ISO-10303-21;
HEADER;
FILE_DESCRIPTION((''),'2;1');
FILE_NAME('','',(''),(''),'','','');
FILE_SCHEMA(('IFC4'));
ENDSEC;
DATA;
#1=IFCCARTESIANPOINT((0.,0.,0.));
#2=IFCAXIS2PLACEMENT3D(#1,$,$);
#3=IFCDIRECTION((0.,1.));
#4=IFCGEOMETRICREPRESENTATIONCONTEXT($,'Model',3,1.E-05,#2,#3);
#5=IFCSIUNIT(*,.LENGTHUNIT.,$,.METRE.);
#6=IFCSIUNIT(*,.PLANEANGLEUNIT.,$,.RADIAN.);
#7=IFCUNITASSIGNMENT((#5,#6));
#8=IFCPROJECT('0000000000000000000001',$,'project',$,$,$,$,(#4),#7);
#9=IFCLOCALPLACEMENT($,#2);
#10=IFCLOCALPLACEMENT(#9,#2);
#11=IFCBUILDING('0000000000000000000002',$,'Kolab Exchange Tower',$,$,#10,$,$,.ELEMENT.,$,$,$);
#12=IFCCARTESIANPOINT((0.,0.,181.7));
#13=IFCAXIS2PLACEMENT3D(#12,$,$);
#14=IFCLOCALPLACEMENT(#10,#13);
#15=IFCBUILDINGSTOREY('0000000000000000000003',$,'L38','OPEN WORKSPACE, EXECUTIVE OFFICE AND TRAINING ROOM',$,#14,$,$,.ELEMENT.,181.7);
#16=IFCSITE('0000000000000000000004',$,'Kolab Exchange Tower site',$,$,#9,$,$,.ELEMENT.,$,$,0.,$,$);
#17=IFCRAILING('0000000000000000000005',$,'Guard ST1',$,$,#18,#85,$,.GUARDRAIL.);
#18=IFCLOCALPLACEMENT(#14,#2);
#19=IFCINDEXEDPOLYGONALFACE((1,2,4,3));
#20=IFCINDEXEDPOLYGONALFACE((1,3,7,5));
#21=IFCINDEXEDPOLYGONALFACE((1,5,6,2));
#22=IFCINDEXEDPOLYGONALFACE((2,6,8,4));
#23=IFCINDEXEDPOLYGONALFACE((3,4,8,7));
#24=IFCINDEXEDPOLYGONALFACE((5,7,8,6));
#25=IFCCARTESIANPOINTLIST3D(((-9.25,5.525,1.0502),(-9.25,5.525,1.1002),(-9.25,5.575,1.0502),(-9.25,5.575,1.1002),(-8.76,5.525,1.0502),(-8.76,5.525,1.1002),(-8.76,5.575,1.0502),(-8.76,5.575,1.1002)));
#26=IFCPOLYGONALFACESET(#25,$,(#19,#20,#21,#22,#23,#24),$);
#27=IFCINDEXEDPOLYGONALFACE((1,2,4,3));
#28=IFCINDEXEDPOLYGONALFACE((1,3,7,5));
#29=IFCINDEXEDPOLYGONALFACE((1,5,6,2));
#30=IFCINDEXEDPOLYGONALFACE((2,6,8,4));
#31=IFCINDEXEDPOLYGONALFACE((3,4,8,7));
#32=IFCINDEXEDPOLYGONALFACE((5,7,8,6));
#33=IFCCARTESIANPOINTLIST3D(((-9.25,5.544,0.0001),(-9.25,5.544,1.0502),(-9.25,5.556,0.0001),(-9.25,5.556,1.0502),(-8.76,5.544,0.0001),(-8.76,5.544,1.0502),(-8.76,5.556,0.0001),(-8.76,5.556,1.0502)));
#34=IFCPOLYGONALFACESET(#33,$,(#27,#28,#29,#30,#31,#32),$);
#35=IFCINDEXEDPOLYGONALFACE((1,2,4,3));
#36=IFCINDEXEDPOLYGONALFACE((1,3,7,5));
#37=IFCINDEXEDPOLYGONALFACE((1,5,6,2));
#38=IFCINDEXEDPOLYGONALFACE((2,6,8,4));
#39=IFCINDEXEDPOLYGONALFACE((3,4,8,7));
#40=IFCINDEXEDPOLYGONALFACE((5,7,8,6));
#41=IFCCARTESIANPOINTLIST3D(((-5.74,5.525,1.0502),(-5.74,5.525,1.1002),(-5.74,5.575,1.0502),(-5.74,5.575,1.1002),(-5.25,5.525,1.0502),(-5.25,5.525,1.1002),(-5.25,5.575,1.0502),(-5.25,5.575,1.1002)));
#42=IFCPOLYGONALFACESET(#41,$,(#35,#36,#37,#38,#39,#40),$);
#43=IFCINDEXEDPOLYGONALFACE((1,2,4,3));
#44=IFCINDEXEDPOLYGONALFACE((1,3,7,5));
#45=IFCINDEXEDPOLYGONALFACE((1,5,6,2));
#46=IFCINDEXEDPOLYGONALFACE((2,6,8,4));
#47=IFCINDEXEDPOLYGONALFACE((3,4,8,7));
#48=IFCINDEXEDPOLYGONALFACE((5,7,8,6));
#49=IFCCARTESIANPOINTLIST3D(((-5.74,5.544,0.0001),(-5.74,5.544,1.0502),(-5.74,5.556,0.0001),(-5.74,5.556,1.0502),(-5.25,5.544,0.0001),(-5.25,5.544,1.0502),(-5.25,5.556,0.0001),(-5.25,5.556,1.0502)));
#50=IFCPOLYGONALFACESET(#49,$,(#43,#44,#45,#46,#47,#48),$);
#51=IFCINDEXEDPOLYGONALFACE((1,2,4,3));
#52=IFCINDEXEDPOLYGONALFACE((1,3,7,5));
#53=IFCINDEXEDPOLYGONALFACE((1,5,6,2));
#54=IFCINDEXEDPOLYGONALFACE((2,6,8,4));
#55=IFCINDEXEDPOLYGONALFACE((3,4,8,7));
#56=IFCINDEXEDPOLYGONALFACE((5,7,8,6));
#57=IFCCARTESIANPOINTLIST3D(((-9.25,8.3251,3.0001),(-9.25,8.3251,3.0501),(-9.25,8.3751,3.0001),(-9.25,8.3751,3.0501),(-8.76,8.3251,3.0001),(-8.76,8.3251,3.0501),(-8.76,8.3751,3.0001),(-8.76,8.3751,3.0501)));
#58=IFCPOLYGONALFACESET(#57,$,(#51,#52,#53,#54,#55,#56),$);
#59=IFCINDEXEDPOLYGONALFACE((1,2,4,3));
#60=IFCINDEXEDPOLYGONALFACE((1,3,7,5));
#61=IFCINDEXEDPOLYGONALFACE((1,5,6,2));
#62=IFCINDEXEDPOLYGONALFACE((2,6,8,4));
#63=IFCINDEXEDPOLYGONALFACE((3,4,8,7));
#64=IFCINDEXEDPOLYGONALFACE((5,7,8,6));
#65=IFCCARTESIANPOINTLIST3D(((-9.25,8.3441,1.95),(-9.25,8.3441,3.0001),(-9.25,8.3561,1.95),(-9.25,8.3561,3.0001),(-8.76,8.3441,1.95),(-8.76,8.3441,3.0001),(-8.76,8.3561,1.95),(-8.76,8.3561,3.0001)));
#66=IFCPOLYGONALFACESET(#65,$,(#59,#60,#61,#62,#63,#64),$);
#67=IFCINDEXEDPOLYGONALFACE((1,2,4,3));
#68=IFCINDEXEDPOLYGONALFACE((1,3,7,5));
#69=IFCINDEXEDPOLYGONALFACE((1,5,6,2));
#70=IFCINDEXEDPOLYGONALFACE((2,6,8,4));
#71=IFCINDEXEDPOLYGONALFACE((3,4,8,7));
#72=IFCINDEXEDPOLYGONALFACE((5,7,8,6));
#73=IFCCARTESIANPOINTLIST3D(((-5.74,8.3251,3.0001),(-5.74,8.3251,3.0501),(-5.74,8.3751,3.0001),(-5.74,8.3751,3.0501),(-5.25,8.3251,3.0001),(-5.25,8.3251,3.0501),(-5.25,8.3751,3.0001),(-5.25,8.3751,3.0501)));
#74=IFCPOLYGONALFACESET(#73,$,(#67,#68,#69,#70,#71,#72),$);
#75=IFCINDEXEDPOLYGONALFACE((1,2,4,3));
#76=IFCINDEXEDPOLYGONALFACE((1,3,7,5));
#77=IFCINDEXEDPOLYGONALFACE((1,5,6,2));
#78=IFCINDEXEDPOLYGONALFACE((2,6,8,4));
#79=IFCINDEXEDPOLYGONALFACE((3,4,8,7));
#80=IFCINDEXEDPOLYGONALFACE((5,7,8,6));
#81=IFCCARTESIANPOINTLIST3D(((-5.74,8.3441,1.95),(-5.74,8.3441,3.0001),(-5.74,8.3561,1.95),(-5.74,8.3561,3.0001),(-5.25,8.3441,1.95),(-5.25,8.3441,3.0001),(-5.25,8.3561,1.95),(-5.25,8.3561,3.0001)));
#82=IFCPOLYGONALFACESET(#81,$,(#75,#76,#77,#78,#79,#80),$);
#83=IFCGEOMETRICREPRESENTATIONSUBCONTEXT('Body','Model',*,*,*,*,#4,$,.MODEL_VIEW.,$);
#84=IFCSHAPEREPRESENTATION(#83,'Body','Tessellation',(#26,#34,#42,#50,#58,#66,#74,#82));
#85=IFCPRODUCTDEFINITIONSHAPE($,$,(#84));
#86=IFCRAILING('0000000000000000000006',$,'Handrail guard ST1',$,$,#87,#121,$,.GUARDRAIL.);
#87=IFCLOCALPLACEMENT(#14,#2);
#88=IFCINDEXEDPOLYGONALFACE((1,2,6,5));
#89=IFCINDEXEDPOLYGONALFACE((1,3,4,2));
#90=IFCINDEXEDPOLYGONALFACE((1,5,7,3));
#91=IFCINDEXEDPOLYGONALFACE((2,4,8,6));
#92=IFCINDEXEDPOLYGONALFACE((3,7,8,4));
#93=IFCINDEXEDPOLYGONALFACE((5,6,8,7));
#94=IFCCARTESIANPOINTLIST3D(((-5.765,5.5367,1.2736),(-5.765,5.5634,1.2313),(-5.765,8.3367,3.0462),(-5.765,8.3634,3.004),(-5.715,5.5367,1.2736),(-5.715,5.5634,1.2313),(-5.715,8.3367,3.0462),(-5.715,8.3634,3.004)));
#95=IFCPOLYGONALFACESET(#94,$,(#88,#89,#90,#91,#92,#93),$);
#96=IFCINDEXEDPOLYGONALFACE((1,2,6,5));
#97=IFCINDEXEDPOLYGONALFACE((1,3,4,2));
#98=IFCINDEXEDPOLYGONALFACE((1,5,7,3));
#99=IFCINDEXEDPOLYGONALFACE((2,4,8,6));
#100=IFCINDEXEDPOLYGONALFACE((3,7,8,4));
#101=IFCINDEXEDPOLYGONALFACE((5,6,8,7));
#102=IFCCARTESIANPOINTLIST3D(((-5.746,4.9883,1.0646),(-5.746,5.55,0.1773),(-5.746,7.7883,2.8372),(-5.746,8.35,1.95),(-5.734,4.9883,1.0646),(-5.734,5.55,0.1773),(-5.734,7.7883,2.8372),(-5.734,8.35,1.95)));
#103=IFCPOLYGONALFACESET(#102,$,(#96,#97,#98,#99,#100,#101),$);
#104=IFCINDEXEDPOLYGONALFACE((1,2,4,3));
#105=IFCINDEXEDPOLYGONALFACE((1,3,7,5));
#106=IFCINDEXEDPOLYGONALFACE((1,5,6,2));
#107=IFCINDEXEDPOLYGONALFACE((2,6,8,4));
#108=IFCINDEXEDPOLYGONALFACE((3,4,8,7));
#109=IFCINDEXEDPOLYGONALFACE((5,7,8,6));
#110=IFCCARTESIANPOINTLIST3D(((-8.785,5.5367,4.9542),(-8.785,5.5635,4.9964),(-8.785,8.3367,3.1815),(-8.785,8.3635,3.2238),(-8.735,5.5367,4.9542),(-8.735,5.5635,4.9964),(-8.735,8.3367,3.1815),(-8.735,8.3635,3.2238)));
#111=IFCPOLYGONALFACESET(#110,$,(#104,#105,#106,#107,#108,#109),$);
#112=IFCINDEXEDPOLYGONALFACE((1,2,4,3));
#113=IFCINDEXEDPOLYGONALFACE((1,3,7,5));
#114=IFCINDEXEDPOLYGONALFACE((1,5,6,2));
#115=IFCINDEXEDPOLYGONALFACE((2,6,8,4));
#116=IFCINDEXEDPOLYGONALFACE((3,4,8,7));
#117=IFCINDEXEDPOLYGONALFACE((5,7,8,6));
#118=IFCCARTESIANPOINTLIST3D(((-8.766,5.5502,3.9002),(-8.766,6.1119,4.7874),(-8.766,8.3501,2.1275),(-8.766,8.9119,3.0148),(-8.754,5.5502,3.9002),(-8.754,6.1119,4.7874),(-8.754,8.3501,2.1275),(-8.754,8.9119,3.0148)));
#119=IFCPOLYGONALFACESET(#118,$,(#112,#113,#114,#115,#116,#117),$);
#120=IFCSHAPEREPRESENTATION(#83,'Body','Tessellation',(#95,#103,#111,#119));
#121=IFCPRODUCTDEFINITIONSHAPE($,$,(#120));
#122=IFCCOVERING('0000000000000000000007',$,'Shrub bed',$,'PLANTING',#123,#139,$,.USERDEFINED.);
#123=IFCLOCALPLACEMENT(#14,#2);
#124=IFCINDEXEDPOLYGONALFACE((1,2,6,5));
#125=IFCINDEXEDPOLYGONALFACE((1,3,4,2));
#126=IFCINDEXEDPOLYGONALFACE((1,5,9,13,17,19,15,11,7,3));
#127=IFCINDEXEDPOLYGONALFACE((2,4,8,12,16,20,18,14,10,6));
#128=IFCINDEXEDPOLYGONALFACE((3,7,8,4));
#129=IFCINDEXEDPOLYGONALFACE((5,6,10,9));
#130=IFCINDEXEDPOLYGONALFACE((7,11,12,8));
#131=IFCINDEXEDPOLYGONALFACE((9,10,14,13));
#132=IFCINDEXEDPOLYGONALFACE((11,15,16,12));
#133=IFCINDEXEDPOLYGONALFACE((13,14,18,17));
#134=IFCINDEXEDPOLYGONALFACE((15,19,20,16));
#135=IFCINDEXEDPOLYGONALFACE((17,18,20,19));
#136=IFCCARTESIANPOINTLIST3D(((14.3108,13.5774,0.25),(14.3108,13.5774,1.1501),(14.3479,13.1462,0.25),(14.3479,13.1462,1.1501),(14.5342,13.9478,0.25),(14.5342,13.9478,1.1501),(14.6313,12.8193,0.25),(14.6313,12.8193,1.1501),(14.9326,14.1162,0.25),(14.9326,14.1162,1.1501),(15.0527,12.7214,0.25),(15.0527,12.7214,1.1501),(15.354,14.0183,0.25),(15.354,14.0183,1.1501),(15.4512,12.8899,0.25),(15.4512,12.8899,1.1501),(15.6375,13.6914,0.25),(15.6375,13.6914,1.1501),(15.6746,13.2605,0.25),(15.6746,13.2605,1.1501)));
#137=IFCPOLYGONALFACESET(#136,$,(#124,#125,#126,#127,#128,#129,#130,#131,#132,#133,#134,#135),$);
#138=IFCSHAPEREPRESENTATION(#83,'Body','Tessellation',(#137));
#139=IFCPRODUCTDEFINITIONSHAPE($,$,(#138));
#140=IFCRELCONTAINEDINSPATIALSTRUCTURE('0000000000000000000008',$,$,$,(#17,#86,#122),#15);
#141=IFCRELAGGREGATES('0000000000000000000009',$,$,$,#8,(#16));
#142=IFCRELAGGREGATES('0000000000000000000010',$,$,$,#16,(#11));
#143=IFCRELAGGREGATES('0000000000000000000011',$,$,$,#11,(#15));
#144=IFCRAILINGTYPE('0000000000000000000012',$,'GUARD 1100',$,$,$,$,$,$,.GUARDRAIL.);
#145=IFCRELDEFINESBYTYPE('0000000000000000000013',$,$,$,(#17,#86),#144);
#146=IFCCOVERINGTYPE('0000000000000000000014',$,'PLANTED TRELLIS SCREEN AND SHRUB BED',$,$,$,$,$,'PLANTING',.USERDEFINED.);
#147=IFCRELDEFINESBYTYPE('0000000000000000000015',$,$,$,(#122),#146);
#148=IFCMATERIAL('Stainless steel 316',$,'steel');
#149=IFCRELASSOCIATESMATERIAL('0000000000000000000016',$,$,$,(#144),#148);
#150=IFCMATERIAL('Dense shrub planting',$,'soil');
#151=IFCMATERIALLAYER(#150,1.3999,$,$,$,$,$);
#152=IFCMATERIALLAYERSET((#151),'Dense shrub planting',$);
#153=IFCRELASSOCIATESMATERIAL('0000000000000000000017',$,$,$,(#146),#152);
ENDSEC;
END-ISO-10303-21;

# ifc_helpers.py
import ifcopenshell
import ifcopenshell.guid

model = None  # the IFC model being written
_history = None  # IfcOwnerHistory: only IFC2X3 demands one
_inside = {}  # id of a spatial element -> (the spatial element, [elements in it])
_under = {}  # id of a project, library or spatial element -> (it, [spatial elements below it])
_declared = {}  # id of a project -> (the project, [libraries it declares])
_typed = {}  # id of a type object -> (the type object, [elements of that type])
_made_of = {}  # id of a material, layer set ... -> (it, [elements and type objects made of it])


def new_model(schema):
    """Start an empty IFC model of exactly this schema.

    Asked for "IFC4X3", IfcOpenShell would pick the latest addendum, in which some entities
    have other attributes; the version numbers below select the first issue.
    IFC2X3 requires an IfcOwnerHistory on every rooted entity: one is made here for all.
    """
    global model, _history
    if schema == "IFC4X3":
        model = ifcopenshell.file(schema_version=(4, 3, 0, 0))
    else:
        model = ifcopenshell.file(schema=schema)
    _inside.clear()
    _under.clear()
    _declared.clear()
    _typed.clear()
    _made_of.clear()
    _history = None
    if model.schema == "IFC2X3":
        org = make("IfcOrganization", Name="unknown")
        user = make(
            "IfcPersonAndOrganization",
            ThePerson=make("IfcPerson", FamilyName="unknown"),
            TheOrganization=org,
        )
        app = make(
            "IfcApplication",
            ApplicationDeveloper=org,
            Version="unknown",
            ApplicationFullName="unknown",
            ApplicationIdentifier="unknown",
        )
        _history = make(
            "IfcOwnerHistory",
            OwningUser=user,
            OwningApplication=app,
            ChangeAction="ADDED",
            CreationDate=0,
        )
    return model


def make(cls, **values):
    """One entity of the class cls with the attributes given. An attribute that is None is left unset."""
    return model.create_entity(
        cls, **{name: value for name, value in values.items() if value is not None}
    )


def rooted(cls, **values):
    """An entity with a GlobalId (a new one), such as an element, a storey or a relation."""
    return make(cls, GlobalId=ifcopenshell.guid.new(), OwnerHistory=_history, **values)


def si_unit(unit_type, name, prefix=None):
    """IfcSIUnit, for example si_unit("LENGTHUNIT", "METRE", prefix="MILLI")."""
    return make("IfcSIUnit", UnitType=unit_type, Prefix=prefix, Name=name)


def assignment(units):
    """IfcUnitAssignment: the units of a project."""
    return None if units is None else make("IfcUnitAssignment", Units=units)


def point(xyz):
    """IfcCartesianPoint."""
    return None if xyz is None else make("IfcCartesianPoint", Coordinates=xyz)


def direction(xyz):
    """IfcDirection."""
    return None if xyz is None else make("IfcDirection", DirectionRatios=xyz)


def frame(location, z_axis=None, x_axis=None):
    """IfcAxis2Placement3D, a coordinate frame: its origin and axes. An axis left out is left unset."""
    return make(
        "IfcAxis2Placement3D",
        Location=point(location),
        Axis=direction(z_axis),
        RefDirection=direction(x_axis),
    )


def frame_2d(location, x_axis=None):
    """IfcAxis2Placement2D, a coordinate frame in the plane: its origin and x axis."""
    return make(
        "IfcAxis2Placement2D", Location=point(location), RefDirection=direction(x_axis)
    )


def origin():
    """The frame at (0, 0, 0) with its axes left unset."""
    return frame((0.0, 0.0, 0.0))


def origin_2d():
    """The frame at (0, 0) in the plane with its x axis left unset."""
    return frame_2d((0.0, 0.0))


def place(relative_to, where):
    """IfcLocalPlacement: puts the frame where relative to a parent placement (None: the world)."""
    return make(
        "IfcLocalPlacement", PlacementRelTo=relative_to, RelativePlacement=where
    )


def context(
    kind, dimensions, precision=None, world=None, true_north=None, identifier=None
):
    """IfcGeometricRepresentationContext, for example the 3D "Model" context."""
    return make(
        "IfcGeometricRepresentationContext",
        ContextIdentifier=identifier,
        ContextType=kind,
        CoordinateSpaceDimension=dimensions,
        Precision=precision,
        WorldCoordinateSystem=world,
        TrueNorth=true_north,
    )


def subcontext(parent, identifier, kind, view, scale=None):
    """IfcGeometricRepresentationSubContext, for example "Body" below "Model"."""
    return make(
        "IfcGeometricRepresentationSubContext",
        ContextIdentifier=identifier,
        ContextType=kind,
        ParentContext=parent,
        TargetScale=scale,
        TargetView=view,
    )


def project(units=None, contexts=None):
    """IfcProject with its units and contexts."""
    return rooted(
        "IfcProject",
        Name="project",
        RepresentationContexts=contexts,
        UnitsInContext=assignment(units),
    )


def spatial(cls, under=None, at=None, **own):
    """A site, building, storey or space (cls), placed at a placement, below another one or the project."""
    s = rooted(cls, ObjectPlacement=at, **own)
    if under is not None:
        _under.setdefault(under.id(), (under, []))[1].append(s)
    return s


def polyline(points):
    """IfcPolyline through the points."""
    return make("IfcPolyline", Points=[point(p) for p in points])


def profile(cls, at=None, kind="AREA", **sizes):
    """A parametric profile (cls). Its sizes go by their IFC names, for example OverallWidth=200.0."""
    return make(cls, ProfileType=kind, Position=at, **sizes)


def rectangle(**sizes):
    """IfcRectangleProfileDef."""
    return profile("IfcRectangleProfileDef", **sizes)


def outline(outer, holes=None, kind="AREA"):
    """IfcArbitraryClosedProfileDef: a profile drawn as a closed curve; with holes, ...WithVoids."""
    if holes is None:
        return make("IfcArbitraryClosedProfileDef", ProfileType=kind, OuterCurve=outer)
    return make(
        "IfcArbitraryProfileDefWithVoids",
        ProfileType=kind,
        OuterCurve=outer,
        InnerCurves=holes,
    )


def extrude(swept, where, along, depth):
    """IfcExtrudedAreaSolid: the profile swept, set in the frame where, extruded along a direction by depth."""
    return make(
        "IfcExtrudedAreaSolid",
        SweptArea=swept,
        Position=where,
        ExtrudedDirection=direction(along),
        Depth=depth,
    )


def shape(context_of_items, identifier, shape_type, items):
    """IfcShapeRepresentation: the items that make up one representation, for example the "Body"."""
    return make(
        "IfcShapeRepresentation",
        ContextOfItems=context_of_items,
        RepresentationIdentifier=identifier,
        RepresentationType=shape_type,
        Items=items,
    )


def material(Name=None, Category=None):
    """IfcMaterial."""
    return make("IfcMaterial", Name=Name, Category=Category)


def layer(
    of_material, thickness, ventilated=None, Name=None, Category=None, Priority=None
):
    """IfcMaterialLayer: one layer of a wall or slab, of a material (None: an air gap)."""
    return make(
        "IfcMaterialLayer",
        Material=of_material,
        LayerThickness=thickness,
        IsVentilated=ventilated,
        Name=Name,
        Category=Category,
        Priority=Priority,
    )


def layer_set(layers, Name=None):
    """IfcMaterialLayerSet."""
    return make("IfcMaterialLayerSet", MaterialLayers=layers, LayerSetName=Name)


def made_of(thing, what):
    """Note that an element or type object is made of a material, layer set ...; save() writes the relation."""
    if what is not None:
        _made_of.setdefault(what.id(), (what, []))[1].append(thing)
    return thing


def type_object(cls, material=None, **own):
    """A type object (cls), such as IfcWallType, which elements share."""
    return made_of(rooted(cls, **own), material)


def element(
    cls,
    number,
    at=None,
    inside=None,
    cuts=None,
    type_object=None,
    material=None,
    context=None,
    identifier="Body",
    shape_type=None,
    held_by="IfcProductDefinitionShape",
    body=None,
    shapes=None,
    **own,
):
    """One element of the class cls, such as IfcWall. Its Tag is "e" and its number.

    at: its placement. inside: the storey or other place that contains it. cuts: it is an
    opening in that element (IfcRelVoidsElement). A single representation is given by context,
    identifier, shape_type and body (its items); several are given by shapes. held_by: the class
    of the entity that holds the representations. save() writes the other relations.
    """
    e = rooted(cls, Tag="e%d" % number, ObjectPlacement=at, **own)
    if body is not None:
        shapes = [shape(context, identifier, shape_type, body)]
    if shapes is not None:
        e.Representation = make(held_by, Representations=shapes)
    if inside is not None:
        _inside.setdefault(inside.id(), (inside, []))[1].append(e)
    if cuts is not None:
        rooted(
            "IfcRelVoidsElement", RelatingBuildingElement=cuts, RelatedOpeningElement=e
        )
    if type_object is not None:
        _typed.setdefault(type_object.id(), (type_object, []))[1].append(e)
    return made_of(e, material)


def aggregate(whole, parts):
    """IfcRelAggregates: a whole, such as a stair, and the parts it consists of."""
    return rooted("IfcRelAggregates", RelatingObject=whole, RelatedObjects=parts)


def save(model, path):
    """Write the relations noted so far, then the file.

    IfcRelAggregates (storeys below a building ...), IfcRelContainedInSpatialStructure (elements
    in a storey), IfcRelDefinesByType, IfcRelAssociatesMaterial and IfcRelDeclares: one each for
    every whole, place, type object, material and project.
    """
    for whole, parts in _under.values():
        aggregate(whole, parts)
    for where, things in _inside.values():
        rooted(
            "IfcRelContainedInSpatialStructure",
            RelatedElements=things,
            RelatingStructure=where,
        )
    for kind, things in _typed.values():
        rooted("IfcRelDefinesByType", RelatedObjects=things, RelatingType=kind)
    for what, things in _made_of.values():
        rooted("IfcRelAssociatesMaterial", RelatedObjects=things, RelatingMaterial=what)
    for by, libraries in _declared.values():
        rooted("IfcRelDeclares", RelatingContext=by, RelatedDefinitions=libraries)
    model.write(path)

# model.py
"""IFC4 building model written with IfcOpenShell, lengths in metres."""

from ifc_helpers import new_model, si_unit, direction, frame, frame_2d, origin, origin_2d, place, context, subcontext, project, spatial, polyline, rectangle, outline, extrude, material, layer, layer_set, type_object, element, save


model = new_model("IFC4")

# Units and contexts
model_context = context("Model", 3, precision=1e-05, world=origin(), true_north=direction((0.0, 1.0)))
body_context = subcontext(model_context, "Body", "Model", "MODEL_VIEW")
ifc_project = project(units=[si_unit("LENGTHUNIT", "METRE"), si_unit("PLANEANGLEUNIT", "RADIAN")], contexts=[model_context])

# Site, building, storey
site_placement = place(None, origin())
site = spatial("IfcSite", under=ifc_project, at=site_placement, Name="Kolab Exchange Tower site", CompositionType="ELEMENT", RefElevation=0.0)
building_placement = place(site_placement, origin())
building = spatial("IfcBuilding", under=site, at=building_placement, Name="Kolab Exchange Tower", CompositionType="ELEMENT")
storey_placement = place(building_placement, frame((0.0, 0.0, 181.7)))
storey = spatial("IfcBuildingStorey", under=building, at=storey_placement, Name="L38", Description="OPEN WORKSPACE, EXECUTIVE OFFICE AND TRAINING ROOM", CompositionType="ELEMENT", Elevation=181.7)

# Shared definitions
ifc_material_1 = material(Name="Stainless steel 316", Category="steel")

# Railings
railing_type = type_object("IfcRailingType", Name="GUARD 1100", PredefinedType="GUARDRAIL", material=ifc_material_1)
railing_1_placement = place(storey_placement, frame((-9.25, 5.55, 0.0)))
element("IfcRailing", 1, at=railing_1_placement, inside=storey, type_object=railing_type, Name="Guard ST1", PredefinedType="GUARDRAIL", context=body_context, shape_type="SweptSolid", body=[
    extrude(rectangle(XDim=0.05, YDim=0.05, at=origin_2d()), frame((0.0, 0.0, 1.0752), z_axis=(1.0, 0.0, 0.0), x_axis=(0.0, 1.0, 0.0)), (0.0, 0.0, 1.0), 0.49),
    extrude(rectangle(XDim=0.012, YDim=1.0501, at=frame_2d((0.0, 0.5251))), frame((0.0, 0.0, 0.0), z_axis=(1.0, 0.0, 0.0), x_axis=(0.0, 1.0, 0.0)), (0.0, 0.0, 1.0), 0.49),
    extrude(rectangle(XDim=0.05, YDim=0.05, at=origin_2d()), frame((3.51, 0.0, 1.0752), z_axis=(1.0, 0.0, 0.0), x_axis=(0.0, 1.0, 0.0)), (0.0, 0.0, 1.0), 0.49),
    extrude(rectangle(XDim=0.012, YDim=1.0501, at=frame_2d((0.0, 0.5251))), frame((3.51, 0.0, 0.0), z_axis=(1.0, 0.0, 0.0), x_axis=(0.0, 1.0, 0.0)), (0.0, 0.0, 1.0), 0.49),
    extrude(rectangle(XDim=0.05, YDim=0.05, at=origin_2d()), frame((0.0, 2.8, 3.0251), z_axis=(1.0, 0.0, 0.0), x_axis=(0.0, 1.0, 0.0)), (0.0, 0.0, 1.0), 0.49),
    extrude(rectangle(XDim=0.012, YDim=1.0501, at=frame_2d((0.0, 0.5251))), frame((0.0, 2.8, 1.95), z_axis=(1.0, 0.0, 0.0), x_axis=(0.0, 1.0, 0.0)), (0.0, 0.0, 1.0), 0.49),
    extrude(rectangle(XDim=0.05, YDim=0.05, at=origin_2d()), frame((3.51, 2.8, 3.0251), z_axis=(1.0, 0.0, 0.0), x_axis=(0.0, 1.0, 0.0)), (0.0, 0.0, 1.0), 0.49),
    extrude(rectangle(XDim=0.012, YDim=1.0501, at=frame_2d((0.0, 0.5251))), frame((3.51, 2.8, 1.95), z_axis=(1.0, 0.0, 0.0), x_axis=(0.0, 1.0, 0.0)), (0.0, 0.0, 1.0), 0.49),
])
railing_2_placement = place(storey_placement, frame((-5.74, 5.55, 0.1772)))
element("IfcRailing", 2, at=railing_2_placement, inside=storey, type_object=railing_type, Name="Handrail guard ST1", PredefinedType="GUARDRAIL", context=body_context, shape_type="SweptSolid", body=[
    extrude(rectangle(XDim=0.05, YDim=0.05, at=origin_2d()), frame((0.0, 0.0, 1.0752), z_axis=(0.0, 0.844909, 0.53491), x_axis=(-1.0, 0.0, 0.0)), (0.0, 0.0, 1.0), 3.314),
    extrude(rectangle(XDim=0.012, YDim=1.0501, at=frame_2d((0.0, 0.5251))), frame((0.0, 0.0, 0.0), z_axis=(0.0, 0.844909, 0.53491), x_axis=(-1.0, 0.0, 0.0)), (0.0, 0.0, 1.0), 3.314),
    extrude(rectangle(XDim=0.05, YDim=0.05, at=origin_2d()), frame((-3.02, 2.8, 3.0254), z_axis=(0.0, -0.844909, 0.53491), x_axis=(1.0, 0.0, 0.0)), (0.0, 0.0, 1.0), 3.314),
    extrude(rectangle(XDim=0.012, YDim=1.0501, at=frame_2d((0.0, 0.5251))), frame((-3.02, 2.8, 1.9502), z_axis=(0.0, -0.844909, 0.53491), x_axis=(1.0, 0.0, 0.0)), (0.0, 0.0, 1.0), 3.314),
])

# Covering
ifc_material_2 = material(Name="Dense shrub planting", Category="soil")
ifc_layer_1 = layer(ifc_material_2, 1.3999)
ifc_layer_set_1 = layer_set([ifc_layer_1], Name="Dense shrub planting")
covering_type_1 = type_object("IfcCoveringType", Name="PLANTED TRELLIS SCREEN AND SHRUB BED", ElementType="PLANTING", PredefinedType="USERDEFINED", material=ifc_layer_set_1)
covering_1_placement = place(storey_placement, frame((0.0, 0.0, 0.25)))
element("IfcCovering", 3, at=covering_1_placement, inside=storey, type_object=covering_type_1, Name="Shrub bed", ObjectType="PLANTING", PredefinedType="USERDEFINED", context=body_context, shape_type="SweptSolid", body=[
    extrude(outline(polyline([(15.6375, 13.6914), (15.354, 14.0183), (14.9326, 14.1162), (14.5342, 13.9478), (14.3108, 13.5774), (14.3479, 13.1462), (14.6313, 12.8193), (15.0527, 12.7214), (15.4512, 12.8899), (15.6746, 13.2605), (15.6375, 13.6914)])), origin(), (0.0, 0.0, 1.0), 0.9001),
])

save(model, "model.ifc")
